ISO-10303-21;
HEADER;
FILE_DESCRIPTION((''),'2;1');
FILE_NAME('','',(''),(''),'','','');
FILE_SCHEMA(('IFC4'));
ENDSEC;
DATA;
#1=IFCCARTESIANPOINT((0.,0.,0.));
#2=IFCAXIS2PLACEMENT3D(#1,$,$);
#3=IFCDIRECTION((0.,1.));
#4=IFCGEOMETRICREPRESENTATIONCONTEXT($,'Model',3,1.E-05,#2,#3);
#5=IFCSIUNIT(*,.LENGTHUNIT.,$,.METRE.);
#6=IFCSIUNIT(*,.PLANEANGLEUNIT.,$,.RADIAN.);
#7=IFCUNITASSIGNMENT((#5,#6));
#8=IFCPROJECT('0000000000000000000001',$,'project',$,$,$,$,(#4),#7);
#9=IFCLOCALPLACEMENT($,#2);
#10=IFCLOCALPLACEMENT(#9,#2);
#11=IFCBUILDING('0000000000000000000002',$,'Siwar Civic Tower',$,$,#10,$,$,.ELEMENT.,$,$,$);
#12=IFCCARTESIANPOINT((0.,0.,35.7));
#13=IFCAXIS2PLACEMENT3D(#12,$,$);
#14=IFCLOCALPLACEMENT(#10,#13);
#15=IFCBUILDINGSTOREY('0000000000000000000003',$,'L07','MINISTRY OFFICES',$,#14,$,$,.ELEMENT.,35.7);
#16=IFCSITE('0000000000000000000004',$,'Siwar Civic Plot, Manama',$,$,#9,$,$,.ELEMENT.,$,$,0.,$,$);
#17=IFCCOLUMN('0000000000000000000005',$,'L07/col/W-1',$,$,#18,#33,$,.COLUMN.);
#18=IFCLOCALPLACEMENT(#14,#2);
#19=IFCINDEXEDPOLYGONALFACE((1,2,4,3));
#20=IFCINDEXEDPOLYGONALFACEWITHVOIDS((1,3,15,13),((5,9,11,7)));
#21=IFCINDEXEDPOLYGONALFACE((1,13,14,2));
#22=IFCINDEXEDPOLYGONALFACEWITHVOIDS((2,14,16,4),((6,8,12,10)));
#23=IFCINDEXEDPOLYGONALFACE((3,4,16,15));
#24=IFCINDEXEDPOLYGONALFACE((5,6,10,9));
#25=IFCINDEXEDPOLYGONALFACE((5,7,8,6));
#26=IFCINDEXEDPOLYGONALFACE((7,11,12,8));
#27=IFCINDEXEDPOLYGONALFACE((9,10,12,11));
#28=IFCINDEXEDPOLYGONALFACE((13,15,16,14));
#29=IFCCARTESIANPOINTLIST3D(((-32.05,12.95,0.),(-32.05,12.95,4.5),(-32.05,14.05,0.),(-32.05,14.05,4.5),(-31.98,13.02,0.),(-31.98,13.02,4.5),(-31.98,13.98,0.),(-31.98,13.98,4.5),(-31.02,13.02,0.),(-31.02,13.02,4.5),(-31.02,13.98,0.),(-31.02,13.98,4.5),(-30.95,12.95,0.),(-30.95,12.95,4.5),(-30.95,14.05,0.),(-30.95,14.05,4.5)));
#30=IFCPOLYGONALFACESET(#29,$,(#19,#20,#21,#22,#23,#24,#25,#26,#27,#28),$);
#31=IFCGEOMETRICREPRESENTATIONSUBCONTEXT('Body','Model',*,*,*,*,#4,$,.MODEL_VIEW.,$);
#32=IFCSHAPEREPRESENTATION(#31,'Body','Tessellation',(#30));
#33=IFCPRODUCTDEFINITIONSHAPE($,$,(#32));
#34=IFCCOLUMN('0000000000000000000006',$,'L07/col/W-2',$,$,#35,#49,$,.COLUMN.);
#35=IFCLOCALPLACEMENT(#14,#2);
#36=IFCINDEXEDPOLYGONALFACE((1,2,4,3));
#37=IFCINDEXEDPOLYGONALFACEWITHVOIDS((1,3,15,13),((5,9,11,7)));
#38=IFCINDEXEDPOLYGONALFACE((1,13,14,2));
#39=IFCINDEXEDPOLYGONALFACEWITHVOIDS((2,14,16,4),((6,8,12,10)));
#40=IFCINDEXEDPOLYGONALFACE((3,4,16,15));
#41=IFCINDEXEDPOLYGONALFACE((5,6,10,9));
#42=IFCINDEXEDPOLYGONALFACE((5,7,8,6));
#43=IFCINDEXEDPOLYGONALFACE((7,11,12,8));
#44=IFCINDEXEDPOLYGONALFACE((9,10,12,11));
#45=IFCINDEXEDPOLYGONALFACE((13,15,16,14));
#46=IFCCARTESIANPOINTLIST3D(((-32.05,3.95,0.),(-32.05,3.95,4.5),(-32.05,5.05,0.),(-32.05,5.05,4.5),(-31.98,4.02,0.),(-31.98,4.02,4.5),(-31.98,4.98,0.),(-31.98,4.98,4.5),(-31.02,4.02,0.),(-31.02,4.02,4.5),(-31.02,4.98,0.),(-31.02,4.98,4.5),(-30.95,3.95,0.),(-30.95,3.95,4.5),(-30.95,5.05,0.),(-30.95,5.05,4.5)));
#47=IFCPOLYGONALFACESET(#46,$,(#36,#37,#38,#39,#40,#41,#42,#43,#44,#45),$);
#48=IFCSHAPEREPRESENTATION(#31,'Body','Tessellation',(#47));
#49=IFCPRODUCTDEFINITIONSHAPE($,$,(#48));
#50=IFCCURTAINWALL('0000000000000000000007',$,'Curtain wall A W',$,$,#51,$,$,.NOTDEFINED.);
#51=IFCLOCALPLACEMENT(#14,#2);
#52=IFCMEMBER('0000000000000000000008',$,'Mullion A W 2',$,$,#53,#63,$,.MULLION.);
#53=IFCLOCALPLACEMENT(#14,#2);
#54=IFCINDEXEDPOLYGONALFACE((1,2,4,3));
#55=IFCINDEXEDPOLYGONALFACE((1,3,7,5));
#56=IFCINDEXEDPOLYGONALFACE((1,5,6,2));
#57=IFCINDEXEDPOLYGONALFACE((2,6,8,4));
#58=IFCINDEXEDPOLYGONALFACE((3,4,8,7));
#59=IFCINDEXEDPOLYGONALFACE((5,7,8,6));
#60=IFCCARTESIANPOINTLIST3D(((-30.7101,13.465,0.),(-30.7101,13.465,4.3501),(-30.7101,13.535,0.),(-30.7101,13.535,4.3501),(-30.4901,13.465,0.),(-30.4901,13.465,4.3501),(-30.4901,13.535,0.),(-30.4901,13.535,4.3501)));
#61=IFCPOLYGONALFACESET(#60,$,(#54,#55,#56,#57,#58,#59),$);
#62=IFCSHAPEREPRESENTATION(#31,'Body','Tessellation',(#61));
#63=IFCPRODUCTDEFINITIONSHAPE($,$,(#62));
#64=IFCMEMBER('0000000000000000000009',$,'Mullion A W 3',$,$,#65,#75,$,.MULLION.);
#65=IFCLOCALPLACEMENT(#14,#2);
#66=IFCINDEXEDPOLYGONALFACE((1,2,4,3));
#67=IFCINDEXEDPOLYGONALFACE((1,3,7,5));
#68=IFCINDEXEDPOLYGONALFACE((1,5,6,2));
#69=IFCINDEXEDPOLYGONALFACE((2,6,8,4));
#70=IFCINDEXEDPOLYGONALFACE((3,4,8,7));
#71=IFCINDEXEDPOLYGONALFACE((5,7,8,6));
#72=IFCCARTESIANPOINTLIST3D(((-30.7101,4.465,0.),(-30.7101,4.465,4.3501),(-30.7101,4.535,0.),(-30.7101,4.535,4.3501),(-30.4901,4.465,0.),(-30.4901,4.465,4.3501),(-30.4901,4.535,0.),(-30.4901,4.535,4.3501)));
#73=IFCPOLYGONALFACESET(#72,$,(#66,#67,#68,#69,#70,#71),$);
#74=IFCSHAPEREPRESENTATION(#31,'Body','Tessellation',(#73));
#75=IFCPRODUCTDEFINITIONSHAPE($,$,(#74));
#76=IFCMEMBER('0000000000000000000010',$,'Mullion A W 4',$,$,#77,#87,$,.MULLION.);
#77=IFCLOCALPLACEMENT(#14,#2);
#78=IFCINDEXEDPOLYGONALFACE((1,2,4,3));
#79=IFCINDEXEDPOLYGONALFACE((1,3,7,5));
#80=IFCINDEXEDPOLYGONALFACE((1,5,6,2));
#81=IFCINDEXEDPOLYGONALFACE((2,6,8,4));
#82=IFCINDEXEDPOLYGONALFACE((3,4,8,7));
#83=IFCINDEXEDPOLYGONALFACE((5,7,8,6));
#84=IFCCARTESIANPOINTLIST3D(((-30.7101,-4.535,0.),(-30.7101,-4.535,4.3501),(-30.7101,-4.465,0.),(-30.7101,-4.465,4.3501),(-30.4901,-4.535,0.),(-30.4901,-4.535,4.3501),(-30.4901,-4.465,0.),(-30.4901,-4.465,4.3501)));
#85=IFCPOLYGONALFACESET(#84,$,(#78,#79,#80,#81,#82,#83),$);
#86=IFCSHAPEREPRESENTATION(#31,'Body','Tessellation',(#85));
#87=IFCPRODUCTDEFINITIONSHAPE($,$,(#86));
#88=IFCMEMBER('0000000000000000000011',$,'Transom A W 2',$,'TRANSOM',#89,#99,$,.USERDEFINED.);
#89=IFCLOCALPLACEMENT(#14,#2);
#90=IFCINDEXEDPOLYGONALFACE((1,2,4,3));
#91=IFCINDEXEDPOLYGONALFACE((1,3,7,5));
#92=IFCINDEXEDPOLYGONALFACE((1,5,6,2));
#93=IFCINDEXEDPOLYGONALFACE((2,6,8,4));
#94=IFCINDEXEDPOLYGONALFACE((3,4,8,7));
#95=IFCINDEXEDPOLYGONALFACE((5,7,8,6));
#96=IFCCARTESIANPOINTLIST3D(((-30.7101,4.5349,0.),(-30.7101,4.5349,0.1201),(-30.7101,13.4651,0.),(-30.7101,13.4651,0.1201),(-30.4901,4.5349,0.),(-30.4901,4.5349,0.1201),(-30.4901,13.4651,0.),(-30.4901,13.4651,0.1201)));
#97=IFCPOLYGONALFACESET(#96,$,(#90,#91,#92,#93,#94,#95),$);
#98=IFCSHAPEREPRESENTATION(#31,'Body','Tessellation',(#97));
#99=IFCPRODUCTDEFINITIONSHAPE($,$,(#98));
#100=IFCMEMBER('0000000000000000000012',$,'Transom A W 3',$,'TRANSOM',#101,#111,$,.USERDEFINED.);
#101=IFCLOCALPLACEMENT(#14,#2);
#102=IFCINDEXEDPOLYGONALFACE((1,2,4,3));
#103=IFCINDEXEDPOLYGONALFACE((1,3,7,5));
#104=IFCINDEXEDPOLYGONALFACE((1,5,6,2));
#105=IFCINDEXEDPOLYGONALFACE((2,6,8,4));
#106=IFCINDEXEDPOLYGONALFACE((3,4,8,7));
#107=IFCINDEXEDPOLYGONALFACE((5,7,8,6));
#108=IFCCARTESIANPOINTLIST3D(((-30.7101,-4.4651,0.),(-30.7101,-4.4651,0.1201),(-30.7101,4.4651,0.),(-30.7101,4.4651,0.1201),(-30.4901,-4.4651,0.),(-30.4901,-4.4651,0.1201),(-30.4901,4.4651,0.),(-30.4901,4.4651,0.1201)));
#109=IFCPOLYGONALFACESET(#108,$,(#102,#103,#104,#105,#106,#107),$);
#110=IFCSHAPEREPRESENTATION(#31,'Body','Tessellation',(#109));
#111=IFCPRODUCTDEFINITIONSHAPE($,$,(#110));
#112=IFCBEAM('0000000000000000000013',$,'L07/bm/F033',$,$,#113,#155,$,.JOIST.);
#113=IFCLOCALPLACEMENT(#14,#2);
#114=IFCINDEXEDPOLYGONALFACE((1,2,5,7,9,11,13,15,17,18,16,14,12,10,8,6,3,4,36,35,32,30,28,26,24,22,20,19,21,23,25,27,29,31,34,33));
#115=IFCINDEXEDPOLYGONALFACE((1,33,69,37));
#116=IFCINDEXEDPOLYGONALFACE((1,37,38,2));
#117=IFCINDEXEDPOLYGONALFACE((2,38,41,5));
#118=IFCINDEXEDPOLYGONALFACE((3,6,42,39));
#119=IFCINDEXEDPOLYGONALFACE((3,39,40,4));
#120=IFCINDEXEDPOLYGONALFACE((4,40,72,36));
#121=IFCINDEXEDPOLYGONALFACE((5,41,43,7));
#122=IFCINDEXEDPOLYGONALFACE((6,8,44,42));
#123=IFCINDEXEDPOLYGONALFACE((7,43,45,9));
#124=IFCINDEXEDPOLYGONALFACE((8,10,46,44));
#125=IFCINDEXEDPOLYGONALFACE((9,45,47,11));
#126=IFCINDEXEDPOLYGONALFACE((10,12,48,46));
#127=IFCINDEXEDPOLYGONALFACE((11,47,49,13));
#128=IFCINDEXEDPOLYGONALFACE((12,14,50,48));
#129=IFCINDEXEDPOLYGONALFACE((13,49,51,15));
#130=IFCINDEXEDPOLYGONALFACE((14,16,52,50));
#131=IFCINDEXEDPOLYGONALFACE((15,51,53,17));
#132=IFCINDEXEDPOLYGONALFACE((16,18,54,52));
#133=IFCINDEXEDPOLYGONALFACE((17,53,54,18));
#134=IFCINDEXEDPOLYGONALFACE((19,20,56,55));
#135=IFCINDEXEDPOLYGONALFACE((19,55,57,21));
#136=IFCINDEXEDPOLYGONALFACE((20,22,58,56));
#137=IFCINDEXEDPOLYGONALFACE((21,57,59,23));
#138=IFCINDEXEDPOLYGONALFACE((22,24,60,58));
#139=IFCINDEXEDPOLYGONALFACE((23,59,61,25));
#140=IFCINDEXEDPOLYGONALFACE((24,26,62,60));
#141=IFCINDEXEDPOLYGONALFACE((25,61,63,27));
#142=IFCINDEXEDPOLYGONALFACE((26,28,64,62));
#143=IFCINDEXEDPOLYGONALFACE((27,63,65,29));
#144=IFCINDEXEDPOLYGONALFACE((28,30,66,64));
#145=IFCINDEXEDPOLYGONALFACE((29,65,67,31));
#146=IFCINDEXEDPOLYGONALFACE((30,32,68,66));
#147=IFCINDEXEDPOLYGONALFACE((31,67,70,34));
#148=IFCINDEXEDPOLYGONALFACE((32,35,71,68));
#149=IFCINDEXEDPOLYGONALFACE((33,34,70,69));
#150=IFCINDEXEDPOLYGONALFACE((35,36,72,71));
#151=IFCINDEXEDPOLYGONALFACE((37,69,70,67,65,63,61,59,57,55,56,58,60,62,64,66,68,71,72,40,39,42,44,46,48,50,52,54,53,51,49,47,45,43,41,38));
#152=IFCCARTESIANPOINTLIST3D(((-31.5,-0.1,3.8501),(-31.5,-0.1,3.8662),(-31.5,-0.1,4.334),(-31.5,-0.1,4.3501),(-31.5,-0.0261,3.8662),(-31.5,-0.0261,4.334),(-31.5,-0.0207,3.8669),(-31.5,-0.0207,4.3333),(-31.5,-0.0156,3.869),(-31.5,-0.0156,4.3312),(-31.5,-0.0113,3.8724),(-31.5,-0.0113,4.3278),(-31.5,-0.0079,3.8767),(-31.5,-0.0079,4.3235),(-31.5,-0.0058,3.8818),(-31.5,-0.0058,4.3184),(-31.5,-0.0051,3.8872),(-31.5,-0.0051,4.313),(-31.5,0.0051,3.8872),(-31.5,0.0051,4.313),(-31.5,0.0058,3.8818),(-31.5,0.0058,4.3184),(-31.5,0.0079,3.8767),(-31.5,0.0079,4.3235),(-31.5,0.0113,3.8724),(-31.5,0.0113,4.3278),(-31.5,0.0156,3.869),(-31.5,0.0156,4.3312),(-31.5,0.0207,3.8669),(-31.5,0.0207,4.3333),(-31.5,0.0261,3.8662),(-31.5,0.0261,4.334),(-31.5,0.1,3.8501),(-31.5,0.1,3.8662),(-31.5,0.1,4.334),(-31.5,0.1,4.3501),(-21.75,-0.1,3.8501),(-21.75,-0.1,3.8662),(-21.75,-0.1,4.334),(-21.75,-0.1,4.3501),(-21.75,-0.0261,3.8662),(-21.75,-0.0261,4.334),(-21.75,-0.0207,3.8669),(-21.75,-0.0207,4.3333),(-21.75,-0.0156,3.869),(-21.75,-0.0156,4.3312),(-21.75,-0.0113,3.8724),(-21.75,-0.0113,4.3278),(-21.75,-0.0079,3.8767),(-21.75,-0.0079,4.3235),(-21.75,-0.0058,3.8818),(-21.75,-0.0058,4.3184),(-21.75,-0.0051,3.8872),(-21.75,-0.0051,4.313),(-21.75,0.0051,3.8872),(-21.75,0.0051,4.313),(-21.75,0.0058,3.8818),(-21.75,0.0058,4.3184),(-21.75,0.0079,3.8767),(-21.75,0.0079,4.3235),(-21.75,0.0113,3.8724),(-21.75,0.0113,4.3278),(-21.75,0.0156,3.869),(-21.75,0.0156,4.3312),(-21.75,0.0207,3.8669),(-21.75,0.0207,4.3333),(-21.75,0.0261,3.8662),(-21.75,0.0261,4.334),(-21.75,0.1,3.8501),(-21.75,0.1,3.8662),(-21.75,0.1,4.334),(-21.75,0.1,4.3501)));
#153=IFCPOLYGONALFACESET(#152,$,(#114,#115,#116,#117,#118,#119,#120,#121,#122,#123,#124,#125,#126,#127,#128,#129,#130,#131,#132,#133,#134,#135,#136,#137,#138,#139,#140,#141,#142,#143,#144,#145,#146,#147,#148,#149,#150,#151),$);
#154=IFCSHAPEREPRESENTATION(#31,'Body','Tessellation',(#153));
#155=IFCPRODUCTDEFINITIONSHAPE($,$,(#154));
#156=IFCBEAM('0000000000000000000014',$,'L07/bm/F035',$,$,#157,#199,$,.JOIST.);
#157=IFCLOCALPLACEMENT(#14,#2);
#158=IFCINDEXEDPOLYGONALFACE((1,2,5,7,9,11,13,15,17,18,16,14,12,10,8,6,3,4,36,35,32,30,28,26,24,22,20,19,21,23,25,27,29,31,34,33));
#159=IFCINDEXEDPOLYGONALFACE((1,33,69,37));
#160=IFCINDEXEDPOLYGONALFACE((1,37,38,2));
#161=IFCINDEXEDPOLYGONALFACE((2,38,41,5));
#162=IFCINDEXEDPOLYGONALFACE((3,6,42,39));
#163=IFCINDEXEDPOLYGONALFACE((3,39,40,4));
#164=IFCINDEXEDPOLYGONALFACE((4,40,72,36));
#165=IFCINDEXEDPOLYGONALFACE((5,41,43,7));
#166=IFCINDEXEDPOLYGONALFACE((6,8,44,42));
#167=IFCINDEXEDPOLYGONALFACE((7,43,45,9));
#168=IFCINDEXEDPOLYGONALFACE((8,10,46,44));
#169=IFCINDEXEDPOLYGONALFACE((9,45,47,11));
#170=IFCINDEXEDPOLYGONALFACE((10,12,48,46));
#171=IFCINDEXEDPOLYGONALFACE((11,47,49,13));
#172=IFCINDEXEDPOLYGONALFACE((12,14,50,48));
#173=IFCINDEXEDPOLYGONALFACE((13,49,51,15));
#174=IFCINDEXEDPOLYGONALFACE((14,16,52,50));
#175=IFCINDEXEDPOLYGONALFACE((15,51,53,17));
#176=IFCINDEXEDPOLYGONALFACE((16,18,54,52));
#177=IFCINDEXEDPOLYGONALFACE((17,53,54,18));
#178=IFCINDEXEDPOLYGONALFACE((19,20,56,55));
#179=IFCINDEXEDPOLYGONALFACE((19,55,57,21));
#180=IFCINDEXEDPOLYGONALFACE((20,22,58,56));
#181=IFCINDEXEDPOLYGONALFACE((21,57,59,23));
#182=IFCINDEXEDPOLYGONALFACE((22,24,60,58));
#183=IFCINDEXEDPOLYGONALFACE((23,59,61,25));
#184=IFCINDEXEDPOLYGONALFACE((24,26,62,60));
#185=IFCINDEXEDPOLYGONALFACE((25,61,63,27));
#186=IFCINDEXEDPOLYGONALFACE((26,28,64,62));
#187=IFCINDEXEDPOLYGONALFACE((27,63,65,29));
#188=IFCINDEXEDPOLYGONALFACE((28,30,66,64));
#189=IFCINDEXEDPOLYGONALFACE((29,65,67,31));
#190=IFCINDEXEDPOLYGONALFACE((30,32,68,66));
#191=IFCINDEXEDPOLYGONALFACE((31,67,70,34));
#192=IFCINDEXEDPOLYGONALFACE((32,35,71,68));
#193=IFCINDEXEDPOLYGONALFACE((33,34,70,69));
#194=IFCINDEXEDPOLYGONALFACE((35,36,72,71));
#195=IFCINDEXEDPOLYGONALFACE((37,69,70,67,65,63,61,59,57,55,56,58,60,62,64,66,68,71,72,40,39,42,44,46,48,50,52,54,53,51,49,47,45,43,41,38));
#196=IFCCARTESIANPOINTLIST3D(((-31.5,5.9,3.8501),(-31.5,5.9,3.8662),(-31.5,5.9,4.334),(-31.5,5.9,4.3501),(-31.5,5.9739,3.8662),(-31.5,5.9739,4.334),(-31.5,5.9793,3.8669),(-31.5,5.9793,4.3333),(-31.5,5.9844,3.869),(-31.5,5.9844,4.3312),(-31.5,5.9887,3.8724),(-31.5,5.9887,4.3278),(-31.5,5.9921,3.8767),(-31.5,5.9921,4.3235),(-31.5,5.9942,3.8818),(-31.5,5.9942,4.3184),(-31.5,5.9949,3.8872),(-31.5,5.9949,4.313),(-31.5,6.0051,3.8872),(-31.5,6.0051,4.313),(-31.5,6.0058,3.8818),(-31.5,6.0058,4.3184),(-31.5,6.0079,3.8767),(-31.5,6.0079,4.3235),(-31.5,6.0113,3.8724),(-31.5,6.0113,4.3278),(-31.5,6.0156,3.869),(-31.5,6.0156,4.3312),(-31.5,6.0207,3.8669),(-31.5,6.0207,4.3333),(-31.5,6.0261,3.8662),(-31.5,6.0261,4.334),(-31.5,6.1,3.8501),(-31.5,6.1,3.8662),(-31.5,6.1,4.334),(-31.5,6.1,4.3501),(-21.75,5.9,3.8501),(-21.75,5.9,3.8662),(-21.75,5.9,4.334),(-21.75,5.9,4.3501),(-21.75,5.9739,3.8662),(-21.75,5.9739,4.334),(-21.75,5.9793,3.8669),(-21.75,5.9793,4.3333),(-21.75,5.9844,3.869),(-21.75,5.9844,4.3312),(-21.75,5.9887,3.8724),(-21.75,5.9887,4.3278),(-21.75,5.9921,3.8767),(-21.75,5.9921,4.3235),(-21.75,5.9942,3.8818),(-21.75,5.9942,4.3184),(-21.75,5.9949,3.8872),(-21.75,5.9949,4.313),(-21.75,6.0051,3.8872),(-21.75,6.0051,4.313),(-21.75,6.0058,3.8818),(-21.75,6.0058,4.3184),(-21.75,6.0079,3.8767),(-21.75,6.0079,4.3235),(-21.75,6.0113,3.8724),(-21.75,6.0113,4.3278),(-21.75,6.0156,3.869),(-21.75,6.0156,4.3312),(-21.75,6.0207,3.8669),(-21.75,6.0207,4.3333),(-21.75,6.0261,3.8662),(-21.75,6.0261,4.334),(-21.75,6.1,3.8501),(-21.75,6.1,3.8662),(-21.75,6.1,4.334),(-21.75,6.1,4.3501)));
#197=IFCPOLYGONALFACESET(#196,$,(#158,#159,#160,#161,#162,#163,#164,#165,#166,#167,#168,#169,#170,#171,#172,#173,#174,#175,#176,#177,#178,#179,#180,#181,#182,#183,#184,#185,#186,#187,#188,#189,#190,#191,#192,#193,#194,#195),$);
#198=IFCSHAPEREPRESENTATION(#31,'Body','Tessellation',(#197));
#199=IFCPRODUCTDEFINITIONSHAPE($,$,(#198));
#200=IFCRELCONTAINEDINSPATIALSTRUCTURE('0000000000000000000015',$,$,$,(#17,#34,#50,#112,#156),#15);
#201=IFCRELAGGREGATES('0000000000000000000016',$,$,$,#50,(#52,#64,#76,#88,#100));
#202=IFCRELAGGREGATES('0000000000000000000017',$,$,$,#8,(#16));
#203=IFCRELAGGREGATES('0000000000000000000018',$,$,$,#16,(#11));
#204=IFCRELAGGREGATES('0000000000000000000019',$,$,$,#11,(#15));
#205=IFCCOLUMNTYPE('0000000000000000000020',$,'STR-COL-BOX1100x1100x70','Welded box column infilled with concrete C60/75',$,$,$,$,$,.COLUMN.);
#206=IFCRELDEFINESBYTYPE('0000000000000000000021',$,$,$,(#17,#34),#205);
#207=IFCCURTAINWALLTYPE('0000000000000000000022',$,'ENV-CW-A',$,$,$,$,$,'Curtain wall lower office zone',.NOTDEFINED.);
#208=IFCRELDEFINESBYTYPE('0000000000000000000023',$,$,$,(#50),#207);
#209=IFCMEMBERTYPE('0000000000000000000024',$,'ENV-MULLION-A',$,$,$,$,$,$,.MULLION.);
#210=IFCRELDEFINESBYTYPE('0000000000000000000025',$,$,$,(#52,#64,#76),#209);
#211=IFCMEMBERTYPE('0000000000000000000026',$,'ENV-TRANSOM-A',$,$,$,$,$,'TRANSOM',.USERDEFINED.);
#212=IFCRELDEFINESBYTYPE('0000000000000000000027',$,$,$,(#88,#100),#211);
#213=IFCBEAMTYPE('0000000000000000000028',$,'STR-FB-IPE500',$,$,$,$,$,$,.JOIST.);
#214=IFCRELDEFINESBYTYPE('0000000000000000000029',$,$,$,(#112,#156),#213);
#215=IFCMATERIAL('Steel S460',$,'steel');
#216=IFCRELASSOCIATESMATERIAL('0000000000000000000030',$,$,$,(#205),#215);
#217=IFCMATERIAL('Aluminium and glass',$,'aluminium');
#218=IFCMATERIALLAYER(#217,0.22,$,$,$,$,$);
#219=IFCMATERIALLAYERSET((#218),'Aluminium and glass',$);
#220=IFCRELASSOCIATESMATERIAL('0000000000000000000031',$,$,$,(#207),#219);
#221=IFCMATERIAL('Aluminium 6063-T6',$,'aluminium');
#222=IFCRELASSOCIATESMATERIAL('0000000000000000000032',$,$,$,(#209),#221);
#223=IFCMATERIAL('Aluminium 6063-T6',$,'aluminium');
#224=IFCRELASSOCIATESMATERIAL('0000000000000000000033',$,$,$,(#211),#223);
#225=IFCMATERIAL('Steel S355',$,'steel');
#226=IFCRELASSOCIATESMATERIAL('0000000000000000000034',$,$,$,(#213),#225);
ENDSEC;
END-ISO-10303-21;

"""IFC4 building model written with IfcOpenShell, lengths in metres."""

from ifc_helpers import new_model, si_unit, direction, frame, origin, origin_2d, place, context, subcontext, project, spatial, rectangle, hollow_rectangle, i_section, extrude, material, layer, layer_set, material_profile, profile_set, type_object, element, aggregate, save


model = new_model("IFC4")

# Units and contexts
model_context = context("Model", 3, precision=1e-05, world=origin(), true_north=direction((0.0, 1.0)))
body_context = subcontext(model_context, "Body", "Model", "MODEL_VIEW")
ifc_project = project(units=[si_unit("LENGTHUNIT", "METRE"), si_unit("PLANEANGLEUNIT", "RADIAN")], contexts=[model_context])

# Site, building, storey
site_placement = place(None, origin())
site = spatial("IfcSite", under=ifc_project, at=site_placement, Name="Siwar Civic Plot, Manama", CompositionType="ELEMENT", RefElevation=0.0)
building_placement = place(site_placement, origin())
building = spatial("IfcBuilding", under=site, at=building_placement, Name="Siwar Civic Tower", CompositionType="ELEMENT")
storey_placement = place(building_placement, frame((0.0, 0.0, 35.7)))
storey = spatial("IfcBuildingStorey", under=building, at=storey_placement, Name="L07", Description="MINISTRY OFFICES", CompositionType="ELEMENT", Elevation=35.7)

# Columns
ifc_material_1 = material(Name="Steel S460", Category="steel")
ifc_material_profile_1 = material_profile(ifc_material_1, hollow_rectangle(XDim=1.1001, YDim=1.1001, WallThickness=0.0701, at=origin_2d()), Name="BOX1100x1100x70")
ifc_profile_set_1 = profile_set([ifc_material_profile_1], Name="Steel S460")
column_type = type_object("IfcColumnType", Name="STR-COL-BOX1100x1100x70", Description="Welded box column infilled with concrete C60/75", PredefinedType="COLUMN", material=ifc_profile_set_1)
for number, where, z_axis, x_axis, name in (
    (1, (-31.5, 13.5, 0.0), (0.0, 0.0, 1.0), (1.0, 0.0, 0.0), "L07/col/W-1"),
    (2, (-31.5, 4.5, 0.0), (0.0, 0.0, 1.0), (1.0, 0.0, 0.0), "L07/col/W-2"),
):
    element("IfcColumn", number, at=place(storey_placement, frame(where, z_axis=z_axis, x_axis=x_axis)), inside=storey, type_object=column_type, Name=name, PredefinedType="COLUMN", context=body_context, shape_type="SweptSolid", body=[
        extrude(hollow_rectangle(XDim=1.1001, YDim=1.1001, WallThickness=0.0701, at=origin_2d()), origin(), (0.0, 0.0, 1.0), 4.5),
    ])

# Curtain wall, members
ifc_material_2 = material(Name="Aluminium and glass", Category="aluminium")
ifc_layer_1 = layer(ifc_material_2, 0.22)
ifc_layer_set_1 = layer_set([ifc_layer_1], Name="Aluminium and glass")
curtain_wall_type = type_object("IfcCurtainWallType", Name="ENV-CW-A", ElementType="Curtain wall lower office zone", PredefinedType="NOTDEFINED", material=ifc_layer_set_1)
curtain_wall_placement = place(storey_placement, origin())
curtain_wall = element("IfcCurtainWall", 3, at=curtain_wall_placement, inside=storey, type_object=curtain_wall_type, Name="Curtain wall A W", PredefinedType="NOTDEFINED")
ifc_material_3 = material(Name="Aluminium 6063-T6", Category="aluminium")
ifc_material_profile_2 = material_profile(ifc_material_3, rectangle(XDim=0.22, YDim=0.0701, at=origin_2d()), Name="AL 220x70")
ifc_profile_set_2 = profile_set([ifc_material_profile_2], Name="Aluminium 6063-T6")
member_type_1 = type_object("IfcMemberType", Name="ENV-MULLION-A", PredefinedType="MULLION", material=ifc_profile_set_2)
member_1_placement = place(storey_placement, frame((-30.6001, 13.5, 0.0), z_axis=(0.0, 0.0, 1.0), x_axis=(1.0, 0.0, 0.0)))
member_1 = element("IfcMember", 4, at=member_1_placement, type_object=member_type_1, Name="Mullion A W 2", PredefinedType="MULLION", context=body_context, shape_type="SweptSolid", body=[
    extrude(rectangle(XDim=0.22, YDim=0.0701, at=origin_2d()), origin(), (0.0, 0.0, 1.0), 4.3501),
])
member_2_placement = place(storey_placement, frame((-30.6001, 4.5, 0.0), z_axis=(0.0, 0.0, 1.0), x_axis=(1.0, 0.0, 0.0)))
member_2 = element("IfcMember", 5, at=member_2_placement, type_object=member_type_1, Name="Mullion A W 3", PredefinedType="MULLION", context=body_context, shape_type="SweptSolid", body=[
    extrude(rectangle(XDim=0.22, YDim=0.0701, at=origin_2d()), origin(), (0.0, 0.0, 1.0), 4.3501),
])
member_3_placement = place(storey_placement, frame((-30.6001, -4.5, 0.0), z_axis=(0.0, 0.0, 1.0), x_axis=(1.0, 0.0, 0.0)))
member_3 = element("IfcMember", 6, at=member_3_placement, type_object=member_type_1, Name="Mullion A W 4", PredefinedType="MULLION", context=body_context, shape_type="SweptSolid", body=[
    extrude(rectangle(XDim=0.22, YDim=0.0701, at=origin_2d()), origin(), (0.0, 0.0, 1.0), 4.3501),
])
ifc_material_4 = material(Name="Aluminium 6063-T6", Category="aluminium")
ifc_material_profile_3 = material_profile(ifc_material_4, rectangle(XDim=0.22, YDim=0.1201, at=origin_2d()), Name="AL 220x120")
ifc_profile_set_3 = profile_set([ifc_material_profile_3], Name="Aluminium 6063-T6")
member_type_2 = type_object("IfcMemberType", Name="ENV-TRANSOM-A", ElementType="TRANSOM", PredefinedType="USERDEFINED", material=ifc_profile_set_3)
member_4_placement = place(storey_placement, frame((-30.6001, 13.4651, 0.0601), z_axis=(0.0, -1.0, 0.0), x_axis=(1.0, 0.0, 0.0)))
member_4 = element("IfcMember", 7, at=member_4_placement, type_object=member_type_2, Name="Transom A W 2", ObjectType="TRANSOM", PredefinedType="USERDEFINED", context=body_context, shape_type="SweptSolid", body=[
    extrude(rectangle(XDim=0.22, YDim=0.1201, at=origin_2d()), origin(), (0.0, 0.0, 1.0), 8.9302),
])
member_5_placement = place(storey_placement, frame((-30.6001, 4.4651, 0.0601), z_axis=(0.0, -1.0, 0.0), x_axis=(1.0, 0.0, 0.0)))
member_5 = element("IfcMember", 8, at=member_5_placement, type_object=member_type_2, Name="Transom A W 3", ObjectType="TRANSOM", PredefinedType="USERDEFINED", context=body_context, shape_type="SweptSolid", body=[
    extrude(rectangle(XDim=0.22, YDim=0.1201, at=origin_2d()), origin(), (0.0, 0.0, 1.0), 8.9302),
])

# Beams
ifc_material_5 = material(Name="Steel S355", Category="steel")
ifc_material_profile_4 = material_profile(ifc_material_5, i_section(OverallWidth=0.2, OverallDepth=0.5, WebThickness=0.0103, FlangeThickness=0.0161, FilletRadius=0.021, at=origin_2d()), Name="IPE500")
ifc_profile_set_4 = profile_set([ifc_material_profile_4], Name="Steel S355")
beam_type_1 = type_object("IfcBeamType", Name="STR-FB-IPE500", PredefinedType="JOIST", material=ifc_profile_set_4)
for number, where, z_axis, x_axis, name in (
    (9, (-31.5, 0.0, 4.1001), (1.0, 0.0, 0.0), (0.0, 1.0, 0.0), "L07/bm/F033"),
    (10, (-31.5, 6.0, 4.1001), (1.0, 0.0, 0.0), (0.0, 1.0, 0.0), "L07/bm/F035"),
):
    element("IfcBeam", number, at=place(storey_placement, frame(where, z_axis=z_axis, x_axis=x_axis)), inside=storey, type_object=beam_type_1, Name=name, PredefinedType="JOIST", context=body_context, shape_type="SweptSolid", body=[
        extrude(i_section(OverallWidth=0.2, OverallDepth=0.5, WebThickness=0.0103, FlangeThickness=0.0161, FilletRadius=0.021, at=origin_2d()), origin(), (0.0, 0.0, 1.0), 9.75),
    ])

aggregate(curtain_wall, [member_1, member_2, member_3, member_4, member_5])

save(model, "model.ifc")
